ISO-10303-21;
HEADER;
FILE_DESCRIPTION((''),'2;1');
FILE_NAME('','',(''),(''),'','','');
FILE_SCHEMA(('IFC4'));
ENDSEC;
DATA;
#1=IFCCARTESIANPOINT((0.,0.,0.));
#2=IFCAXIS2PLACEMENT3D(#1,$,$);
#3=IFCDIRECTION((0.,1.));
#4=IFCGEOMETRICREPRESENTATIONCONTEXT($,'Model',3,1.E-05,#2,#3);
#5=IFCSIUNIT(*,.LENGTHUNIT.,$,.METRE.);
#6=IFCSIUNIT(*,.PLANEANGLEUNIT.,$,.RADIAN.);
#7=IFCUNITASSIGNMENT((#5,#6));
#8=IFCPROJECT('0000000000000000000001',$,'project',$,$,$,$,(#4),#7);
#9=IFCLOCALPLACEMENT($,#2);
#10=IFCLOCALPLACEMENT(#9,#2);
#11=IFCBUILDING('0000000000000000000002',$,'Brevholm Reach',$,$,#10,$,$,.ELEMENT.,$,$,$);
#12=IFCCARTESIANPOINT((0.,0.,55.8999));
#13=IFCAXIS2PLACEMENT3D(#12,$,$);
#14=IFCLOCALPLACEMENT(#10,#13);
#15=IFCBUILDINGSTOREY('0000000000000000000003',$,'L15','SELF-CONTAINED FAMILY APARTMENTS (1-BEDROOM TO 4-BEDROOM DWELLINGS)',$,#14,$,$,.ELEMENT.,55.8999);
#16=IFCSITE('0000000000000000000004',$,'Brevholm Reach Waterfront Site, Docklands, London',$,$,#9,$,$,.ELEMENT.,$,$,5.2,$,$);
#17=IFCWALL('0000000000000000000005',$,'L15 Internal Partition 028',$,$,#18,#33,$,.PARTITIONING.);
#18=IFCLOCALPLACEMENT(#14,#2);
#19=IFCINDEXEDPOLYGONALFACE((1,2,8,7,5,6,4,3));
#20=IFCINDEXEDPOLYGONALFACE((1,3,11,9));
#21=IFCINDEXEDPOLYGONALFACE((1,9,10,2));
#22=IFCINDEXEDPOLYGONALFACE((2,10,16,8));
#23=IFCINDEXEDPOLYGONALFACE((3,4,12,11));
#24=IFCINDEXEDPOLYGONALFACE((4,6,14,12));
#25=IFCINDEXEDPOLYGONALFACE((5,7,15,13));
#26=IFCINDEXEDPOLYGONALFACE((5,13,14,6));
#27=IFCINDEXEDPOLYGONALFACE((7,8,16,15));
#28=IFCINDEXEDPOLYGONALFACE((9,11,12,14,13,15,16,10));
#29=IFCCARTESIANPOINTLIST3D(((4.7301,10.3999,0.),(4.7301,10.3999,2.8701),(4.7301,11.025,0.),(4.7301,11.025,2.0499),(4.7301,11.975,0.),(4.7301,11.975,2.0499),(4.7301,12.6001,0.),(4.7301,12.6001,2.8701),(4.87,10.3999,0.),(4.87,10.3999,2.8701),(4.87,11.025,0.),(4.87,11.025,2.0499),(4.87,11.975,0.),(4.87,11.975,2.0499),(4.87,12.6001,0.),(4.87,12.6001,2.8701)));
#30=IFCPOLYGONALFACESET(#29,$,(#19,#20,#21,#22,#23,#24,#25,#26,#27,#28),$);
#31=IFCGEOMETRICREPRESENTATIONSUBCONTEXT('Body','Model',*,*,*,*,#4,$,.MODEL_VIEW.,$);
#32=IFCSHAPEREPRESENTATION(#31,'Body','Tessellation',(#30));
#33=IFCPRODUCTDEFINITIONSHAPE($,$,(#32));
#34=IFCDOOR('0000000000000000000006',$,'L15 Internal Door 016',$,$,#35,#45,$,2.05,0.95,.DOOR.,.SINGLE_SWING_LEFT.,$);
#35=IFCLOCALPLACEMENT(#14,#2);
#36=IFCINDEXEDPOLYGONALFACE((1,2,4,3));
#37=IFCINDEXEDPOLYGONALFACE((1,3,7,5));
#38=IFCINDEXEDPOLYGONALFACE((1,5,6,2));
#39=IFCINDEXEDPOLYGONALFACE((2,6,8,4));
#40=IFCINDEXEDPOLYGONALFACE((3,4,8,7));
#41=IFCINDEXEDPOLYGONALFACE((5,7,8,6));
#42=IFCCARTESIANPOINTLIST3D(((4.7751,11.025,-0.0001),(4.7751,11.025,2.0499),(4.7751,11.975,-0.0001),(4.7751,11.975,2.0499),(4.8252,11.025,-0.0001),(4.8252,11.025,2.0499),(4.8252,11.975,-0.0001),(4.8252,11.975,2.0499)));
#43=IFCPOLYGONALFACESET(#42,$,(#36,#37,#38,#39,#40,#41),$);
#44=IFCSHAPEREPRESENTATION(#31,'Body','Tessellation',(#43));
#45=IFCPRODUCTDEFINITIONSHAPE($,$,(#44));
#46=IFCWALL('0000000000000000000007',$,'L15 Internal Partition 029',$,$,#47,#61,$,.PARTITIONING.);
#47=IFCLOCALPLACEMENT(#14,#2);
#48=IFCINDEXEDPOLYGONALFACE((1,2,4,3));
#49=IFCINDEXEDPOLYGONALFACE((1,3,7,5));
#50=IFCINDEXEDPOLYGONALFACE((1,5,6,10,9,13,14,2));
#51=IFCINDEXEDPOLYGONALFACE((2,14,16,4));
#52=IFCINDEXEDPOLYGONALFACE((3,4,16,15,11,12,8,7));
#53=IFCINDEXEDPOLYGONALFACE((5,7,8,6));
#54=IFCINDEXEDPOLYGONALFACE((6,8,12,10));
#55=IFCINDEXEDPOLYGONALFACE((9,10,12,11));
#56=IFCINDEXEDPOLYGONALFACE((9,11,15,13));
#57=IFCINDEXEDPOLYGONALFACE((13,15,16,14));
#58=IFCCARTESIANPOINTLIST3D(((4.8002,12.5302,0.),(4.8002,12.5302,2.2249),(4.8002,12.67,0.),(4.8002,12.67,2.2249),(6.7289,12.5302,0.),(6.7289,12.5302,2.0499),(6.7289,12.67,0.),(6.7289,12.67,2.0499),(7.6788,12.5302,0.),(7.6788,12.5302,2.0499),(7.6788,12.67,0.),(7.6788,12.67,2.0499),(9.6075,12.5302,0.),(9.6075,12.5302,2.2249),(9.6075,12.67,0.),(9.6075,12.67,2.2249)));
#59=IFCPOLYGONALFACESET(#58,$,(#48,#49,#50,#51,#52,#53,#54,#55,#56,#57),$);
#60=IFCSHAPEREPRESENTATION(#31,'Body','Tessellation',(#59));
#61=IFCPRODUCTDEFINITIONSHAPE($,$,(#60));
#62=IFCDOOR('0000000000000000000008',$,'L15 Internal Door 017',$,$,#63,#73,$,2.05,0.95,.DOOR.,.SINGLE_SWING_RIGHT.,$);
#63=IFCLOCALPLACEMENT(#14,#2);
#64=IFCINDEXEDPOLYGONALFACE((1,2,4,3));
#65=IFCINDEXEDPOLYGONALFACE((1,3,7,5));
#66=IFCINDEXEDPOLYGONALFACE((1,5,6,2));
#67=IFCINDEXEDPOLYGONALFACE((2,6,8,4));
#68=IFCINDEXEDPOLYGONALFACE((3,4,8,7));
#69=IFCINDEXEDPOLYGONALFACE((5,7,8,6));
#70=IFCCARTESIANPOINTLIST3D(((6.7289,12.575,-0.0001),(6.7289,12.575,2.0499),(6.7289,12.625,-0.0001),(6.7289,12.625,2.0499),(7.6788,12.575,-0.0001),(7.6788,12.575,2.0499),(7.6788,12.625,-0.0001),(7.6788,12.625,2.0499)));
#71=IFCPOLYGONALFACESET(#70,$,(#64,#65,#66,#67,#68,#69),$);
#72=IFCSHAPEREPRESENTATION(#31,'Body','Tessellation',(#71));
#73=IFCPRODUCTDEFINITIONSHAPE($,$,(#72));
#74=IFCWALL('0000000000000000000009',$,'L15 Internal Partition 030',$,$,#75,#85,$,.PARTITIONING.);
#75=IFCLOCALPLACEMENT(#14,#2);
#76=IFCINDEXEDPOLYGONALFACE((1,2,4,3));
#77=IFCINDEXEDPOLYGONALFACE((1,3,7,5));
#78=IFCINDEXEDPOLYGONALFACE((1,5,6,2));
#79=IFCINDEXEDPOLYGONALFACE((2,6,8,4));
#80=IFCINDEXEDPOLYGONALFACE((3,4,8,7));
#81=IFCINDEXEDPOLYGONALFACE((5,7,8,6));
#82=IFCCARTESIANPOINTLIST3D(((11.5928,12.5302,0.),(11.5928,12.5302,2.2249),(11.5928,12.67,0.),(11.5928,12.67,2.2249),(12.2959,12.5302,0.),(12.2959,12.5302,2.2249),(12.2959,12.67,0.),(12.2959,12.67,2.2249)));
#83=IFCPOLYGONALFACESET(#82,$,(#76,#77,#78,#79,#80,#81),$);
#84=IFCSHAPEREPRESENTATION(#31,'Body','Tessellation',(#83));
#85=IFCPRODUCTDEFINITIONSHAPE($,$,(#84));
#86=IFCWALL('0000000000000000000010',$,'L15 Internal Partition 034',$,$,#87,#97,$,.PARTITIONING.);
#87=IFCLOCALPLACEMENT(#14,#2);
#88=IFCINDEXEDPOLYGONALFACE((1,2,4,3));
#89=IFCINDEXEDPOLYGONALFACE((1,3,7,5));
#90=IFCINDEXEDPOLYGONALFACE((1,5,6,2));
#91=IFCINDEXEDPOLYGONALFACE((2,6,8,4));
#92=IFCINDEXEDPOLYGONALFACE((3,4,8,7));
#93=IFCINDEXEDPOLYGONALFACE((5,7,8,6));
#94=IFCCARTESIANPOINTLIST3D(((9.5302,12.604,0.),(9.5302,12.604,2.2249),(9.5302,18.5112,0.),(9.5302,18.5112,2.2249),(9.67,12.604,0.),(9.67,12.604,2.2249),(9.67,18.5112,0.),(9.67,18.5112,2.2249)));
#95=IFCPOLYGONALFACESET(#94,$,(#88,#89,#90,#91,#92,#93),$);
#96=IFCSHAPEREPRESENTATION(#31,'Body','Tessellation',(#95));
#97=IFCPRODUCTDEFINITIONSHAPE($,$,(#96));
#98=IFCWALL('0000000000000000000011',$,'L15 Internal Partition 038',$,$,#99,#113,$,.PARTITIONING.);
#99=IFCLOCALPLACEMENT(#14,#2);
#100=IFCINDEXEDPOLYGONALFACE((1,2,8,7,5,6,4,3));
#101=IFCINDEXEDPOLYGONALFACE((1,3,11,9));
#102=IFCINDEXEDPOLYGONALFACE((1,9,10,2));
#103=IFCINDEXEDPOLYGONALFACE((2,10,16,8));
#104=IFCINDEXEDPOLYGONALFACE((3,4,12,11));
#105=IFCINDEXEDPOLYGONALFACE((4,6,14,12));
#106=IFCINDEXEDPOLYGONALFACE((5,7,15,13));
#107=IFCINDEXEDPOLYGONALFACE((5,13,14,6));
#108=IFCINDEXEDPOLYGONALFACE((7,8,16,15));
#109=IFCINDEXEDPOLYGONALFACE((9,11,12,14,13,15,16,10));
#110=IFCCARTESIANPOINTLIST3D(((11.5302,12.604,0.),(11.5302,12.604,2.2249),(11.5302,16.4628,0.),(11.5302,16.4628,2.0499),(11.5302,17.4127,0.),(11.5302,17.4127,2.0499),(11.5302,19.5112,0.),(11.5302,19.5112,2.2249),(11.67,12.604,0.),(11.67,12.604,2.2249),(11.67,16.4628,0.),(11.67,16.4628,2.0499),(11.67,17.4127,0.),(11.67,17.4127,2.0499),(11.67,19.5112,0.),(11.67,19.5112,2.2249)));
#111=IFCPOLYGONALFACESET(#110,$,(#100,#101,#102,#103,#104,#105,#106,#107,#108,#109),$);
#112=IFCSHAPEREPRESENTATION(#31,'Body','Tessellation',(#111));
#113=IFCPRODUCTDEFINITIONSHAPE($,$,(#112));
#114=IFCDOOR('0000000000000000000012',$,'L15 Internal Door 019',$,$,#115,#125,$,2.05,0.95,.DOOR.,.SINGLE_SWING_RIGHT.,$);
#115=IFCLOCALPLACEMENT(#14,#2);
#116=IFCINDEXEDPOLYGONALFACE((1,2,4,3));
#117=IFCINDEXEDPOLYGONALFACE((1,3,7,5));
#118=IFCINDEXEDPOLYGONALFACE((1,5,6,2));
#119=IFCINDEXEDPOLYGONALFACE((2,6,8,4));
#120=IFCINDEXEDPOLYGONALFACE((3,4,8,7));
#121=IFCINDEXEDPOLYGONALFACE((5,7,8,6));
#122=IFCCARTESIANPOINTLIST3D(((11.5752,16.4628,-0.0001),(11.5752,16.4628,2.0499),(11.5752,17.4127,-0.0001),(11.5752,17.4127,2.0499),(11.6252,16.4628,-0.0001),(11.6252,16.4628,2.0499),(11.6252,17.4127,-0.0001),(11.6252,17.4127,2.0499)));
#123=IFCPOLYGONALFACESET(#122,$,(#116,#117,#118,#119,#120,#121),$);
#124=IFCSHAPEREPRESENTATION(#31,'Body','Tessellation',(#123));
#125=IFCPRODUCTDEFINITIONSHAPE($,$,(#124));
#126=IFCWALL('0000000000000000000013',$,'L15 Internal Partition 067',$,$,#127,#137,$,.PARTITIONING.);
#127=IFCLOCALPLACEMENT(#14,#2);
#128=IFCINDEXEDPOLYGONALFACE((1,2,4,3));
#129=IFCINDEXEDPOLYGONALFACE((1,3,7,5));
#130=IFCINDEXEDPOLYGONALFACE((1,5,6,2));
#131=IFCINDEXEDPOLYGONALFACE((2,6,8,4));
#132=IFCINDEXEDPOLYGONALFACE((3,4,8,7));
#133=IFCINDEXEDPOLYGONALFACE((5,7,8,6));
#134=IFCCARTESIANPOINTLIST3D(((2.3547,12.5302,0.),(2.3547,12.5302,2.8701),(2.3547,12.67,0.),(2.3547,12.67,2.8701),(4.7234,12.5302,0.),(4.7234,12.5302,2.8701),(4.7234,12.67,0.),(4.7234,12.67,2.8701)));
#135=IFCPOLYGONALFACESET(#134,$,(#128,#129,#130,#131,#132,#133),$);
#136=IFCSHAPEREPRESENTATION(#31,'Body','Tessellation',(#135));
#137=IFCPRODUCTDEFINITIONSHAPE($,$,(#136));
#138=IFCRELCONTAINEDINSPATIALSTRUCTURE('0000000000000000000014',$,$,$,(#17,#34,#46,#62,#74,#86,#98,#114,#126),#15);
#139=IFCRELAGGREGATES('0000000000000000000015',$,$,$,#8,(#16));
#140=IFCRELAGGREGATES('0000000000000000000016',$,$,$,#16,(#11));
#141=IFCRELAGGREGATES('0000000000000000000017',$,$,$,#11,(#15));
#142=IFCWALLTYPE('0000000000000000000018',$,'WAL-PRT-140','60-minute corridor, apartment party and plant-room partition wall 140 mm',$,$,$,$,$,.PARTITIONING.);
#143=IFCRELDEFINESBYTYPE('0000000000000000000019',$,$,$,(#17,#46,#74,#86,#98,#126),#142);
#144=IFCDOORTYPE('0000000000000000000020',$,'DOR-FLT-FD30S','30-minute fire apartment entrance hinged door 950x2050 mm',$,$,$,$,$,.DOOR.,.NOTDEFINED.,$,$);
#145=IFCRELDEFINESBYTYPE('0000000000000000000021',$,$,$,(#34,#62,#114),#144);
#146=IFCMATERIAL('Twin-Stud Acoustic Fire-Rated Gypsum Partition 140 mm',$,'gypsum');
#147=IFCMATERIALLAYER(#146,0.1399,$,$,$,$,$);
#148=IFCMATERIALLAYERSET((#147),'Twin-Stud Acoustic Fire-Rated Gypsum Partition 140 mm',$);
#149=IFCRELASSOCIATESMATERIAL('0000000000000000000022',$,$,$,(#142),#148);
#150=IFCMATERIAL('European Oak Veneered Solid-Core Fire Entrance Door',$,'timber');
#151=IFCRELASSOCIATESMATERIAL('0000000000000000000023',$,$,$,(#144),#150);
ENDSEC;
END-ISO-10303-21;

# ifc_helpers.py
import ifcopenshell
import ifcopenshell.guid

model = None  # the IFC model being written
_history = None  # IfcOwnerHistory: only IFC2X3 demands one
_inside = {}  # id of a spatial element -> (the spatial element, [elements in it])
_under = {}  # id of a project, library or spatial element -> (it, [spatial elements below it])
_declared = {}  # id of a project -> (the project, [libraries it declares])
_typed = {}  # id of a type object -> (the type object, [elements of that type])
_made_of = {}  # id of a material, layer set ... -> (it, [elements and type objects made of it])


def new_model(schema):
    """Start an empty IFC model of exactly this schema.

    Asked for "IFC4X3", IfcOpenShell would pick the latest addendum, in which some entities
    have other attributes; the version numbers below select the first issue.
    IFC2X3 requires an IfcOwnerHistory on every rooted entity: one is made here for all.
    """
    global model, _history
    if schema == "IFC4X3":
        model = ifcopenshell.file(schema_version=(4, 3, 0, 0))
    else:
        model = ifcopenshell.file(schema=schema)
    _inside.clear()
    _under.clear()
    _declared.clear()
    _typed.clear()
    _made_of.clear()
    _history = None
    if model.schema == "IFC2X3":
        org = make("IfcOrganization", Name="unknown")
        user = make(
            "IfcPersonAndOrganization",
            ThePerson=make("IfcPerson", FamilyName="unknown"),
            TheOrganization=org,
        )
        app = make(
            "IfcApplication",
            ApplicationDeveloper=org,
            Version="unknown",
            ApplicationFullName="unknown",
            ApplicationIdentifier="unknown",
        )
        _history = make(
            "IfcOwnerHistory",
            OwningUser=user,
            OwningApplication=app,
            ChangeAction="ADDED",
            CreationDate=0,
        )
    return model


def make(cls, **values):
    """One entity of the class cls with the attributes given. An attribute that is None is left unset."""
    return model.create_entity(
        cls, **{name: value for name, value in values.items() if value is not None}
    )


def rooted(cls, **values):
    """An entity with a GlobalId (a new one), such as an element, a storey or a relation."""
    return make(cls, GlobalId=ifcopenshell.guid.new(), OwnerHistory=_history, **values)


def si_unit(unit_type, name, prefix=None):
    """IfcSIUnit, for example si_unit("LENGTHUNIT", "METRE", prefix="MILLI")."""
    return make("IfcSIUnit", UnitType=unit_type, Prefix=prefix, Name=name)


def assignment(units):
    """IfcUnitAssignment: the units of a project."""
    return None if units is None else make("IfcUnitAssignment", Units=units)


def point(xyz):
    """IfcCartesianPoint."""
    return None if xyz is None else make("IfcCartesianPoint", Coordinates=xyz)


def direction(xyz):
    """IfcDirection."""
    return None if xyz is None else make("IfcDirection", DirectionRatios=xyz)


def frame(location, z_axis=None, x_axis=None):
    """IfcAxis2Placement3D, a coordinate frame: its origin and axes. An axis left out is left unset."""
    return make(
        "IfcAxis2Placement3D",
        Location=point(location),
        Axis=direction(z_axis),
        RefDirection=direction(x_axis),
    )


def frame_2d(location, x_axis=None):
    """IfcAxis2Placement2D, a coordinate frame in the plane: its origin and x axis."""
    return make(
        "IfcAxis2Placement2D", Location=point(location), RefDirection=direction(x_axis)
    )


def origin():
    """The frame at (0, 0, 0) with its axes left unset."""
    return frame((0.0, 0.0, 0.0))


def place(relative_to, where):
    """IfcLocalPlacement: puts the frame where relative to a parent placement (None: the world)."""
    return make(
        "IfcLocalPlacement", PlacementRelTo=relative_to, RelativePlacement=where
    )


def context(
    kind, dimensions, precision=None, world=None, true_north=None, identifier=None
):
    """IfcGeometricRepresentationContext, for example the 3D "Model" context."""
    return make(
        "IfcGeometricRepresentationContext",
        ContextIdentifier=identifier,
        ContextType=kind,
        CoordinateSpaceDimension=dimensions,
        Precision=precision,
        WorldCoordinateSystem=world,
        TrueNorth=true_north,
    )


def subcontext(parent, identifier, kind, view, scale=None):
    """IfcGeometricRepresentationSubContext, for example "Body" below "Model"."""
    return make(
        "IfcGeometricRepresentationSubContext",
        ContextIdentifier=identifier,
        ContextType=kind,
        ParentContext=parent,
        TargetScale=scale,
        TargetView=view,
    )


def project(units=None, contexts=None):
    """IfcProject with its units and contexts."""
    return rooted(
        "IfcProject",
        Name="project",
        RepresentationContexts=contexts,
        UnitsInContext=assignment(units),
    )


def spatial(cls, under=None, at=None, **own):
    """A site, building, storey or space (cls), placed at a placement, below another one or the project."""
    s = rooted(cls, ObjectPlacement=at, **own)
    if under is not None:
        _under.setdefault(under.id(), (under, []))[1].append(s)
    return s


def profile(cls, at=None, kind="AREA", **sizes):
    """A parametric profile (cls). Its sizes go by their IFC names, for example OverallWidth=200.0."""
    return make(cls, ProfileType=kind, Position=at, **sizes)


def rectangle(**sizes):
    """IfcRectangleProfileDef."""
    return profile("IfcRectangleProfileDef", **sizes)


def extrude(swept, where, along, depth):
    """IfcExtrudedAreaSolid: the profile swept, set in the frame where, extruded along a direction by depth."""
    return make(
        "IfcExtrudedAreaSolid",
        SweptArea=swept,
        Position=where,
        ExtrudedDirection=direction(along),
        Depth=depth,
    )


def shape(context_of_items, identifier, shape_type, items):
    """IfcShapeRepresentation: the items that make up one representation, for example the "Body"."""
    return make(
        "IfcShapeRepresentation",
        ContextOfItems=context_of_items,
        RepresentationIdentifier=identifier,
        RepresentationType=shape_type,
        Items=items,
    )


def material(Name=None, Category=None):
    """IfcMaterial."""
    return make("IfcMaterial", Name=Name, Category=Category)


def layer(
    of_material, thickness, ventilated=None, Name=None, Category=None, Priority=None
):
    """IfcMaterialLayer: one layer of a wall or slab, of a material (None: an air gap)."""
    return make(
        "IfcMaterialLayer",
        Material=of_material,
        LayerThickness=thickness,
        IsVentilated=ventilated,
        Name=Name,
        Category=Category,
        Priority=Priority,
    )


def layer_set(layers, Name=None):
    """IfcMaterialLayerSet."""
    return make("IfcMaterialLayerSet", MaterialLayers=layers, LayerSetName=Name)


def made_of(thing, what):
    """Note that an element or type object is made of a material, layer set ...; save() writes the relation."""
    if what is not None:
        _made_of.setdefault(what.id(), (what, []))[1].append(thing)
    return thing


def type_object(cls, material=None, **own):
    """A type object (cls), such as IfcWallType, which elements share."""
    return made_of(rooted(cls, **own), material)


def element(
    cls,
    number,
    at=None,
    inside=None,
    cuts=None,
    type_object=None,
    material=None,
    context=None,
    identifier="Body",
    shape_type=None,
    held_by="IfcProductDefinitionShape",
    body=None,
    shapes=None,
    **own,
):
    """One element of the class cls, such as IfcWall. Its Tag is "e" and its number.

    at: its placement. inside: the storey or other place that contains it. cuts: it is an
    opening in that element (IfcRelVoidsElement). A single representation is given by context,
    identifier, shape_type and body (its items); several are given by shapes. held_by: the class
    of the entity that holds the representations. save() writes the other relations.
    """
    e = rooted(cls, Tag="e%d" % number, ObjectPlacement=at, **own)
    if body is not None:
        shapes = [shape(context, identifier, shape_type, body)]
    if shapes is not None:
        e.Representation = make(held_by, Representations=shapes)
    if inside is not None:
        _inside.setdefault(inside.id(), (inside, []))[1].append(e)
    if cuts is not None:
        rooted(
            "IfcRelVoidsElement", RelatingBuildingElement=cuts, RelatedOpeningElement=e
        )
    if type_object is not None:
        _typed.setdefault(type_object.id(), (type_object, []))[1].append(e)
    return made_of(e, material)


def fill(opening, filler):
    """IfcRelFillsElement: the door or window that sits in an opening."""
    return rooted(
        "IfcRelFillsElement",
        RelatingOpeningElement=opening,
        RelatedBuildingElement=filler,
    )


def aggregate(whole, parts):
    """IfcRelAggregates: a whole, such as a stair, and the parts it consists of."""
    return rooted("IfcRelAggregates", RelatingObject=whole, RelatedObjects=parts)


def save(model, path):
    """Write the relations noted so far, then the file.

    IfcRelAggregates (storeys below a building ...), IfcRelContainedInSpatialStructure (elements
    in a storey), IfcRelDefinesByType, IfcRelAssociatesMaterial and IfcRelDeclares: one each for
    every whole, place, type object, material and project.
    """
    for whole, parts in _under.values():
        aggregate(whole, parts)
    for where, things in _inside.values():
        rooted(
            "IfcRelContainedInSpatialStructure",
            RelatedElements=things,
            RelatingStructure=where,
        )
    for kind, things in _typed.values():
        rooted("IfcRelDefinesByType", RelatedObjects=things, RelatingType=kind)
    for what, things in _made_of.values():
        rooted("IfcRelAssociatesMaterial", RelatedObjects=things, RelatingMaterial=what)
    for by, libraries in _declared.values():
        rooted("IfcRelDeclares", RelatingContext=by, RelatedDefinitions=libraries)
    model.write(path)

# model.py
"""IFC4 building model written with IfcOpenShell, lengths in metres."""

from ifc_helpers import new_model, si_unit, direction, frame, frame_2d, origin, place, context, subcontext, project, spatial, rectangle, extrude, material, layer, layer_set, type_object, element, fill, save


model = new_model("IFC4")

# Units and contexts
model_context = context("Model", 3, precision=1e-05, world=origin(), true_north=direction((0.0, 1.0)))
body_context = subcontext(model_context, "Body", "Model", "MODEL_VIEW")
ifc_project = project(units=[si_unit("LENGTHUNIT", "METRE"), si_unit("PLANEANGLEUNIT", "RADIAN")], contexts=[model_context])

# Site, building, storey
site_placement = place(None, origin())
site = spatial("IfcSite", under=ifc_project, at=site_placement, Name="Brevholm Reach Waterfront Site, Docklands, London", CompositionType="ELEMENT", RefElevation=5.2)
building_placement = place(site_placement, origin())
building = spatial("IfcBuilding", under=site, at=building_placement, Name="Brevholm Reach", CompositionType="ELEMENT")
storey_placement = place(building_placement, frame((0.0, 0.0, 55.8999)))
storey = spatial("IfcBuildingStorey", under=building, at=storey_placement, Name="L15", Description="SELF-CONTAINED FAMILY APARTMENTS (1-BEDROOM TO 4-BEDROOM DWELLINGS)", CompositionType="ELEMENT", Elevation=55.8999)

# Walls, openings, doors
ifc_material_1 = material(Name="Twin-Stud Acoustic Fire-Rated Gypsum Partition 140 mm", Category="gypsum")
ifc_layer_1 = layer(ifc_material_1, 0.1399)
ifc_layer_set_1 = layer_set([ifc_layer_1], Name="Twin-Stud Acoustic Fire-Rated Gypsum Partition 140 mm")
wall_type_1 = type_object("IfcWallType", Name="WAL-PRT-140", Description="60-minute corridor, apartment party and plant-room partition wall 140 mm", PredefinedType="PARTITIONING", material=ifc_layer_set_1)
ifc_material_2 = material(Name="European Oak Veneered Solid-Core Fire Entrance Door", Category="timber")
door_type_1 = type_object("IfcDoorType", Name="DOR-FLT-FD30S", Description="30-minute fire apartment entrance hinged door 950x2050 mm", OperationType="NOTDEFINED", PredefinedType="DOOR", material=ifc_material_2)
wall_1_placement = place(storey_placement, frame((4.8, 10.3999, 0.0), z_axis=(0.0, 0.0, 1.0), x_axis=(0.0, 1.0, 0.0)))
wall_1 = element("IfcWall", 1, at=wall_1_placement, inside=storey, type_object=wall_type_1, Name="L15 Internal Partition 028", PredefinedType="PARTITIONING", context=body_context, shape_type="SweptSolid", body=[
    extrude(rectangle(XDim=2.2002, YDim=0.1399, at=frame_2d((1.1001, 0.0))), origin(), (0.0, 0.0, 1.0), 2.8701),
])
opening_1_placement = place(wall_1_placement, frame((0.625, 0.0, 0.0)))
opening_1 = element("IfcOpeningElement", 2, at=opening_1_placement, cuts=wall_1, PredefinedType="OPENING", context=body_context, shape_type="SweptSolid", body=[
    extrude(rectangle(XDim=0.95, YDim=2.05, at=frame_2d((0.4751, 1.0249))), frame((0.0, 0.0798, 0.0), z_axis=(0.0, -1.0, 0.0), x_axis=(1.0, 0.0, 0.0)), (0.0, 0.0, 1.0), 0.1599),
])
door_1_placement = place(opening_1_placement, origin())
door_1 = element("IfcDoor", 3, at=door_1_placement, inside=storey, type_object=door_type_1, Name="L15 Internal Door 016", OperationType="SINGLE_SWING_LEFT", OverallHeight=2.05, OverallWidth=0.95, PredefinedType="DOOR", context=body_context, shape_type="SweptSolid", body=[
    extrude(rectangle(XDim=0.95, YDim=2.05, at=frame_2d((0.4751, 1.0249))), frame((0.0, 0.0249, 0.0), z_axis=(0.0, -1.0, 0.0), x_axis=(1.0, 0.0, 0.0)), (0.0, 0.0, 1.0), 0.05),
])
fill(opening_1, door_1)
wall_2_placement = place(storey_placement, frame((4.8, 12.6001, 0.0), z_axis=(0.0, 0.0, 1.0), x_axis=(1.0, 0.0, 0.0)))
wall_2 = element("IfcWall", 4, at=wall_2_placement, inside=storey, type_object=wall_type_1, Name="L15 Internal Partition 029", PredefinedType="PARTITIONING", context=body_context, shape_type="SweptSolid", body=[
    extrude(rectangle(XDim=4.8074, YDim=0.1399, at=frame_2d((2.4038, 0.0))), origin(), (0.0, 0.0, 1.0), 2.2249),
])
opening_2_placement = place(wall_2_placement, frame((1.9287, 0.0, 0.0)))
opening_2 = element("IfcOpeningElement", 5, at=opening_2_placement, cuts=wall_2, PredefinedType="OPENING", context=body_context, shape_type="SweptSolid", body=[
    extrude(rectangle(XDim=0.95, YDim=2.05, at=frame_2d((0.4751, 1.0249))), frame((0.0, 0.0798, 0.0), z_axis=(0.0, -1.0, 0.0), x_axis=(1.0, 0.0, 0.0)), (0.0, 0.0, 1.0), 0.1599),
])
door_2_placement = place(opening_2_placement, origin())
door_2 = element("IfcDoor", 6, at=door_2_placement, inside=storey, type_object=door_type_1, Name="L15 Internal Door 017", OperationType="SINGLE_SWING_RIGHT", OverallHeight=2.05, OverallWidth=0.95, PredefinedType="DOOR", context=body_context, shape_type="SweptSolid", body=[
    extrude(rectangle(XDim=0.95, YDim=2.05, at=frame_2d((0.4751, 1.0249))), frame((0.0, 0.0249, 0.0), z_axis=(0.0, -1.0, 0.0), x_axis=(1.0, 0.0, 0.0)), (0.0, 0.0, 1.0), 0.05),
])
fill(opening_2, door_2)

# Walls
wall_3_placement = place(storey_placement, frame((11.5928, 12.6001, 0.0), z_axis=(0.0, 0.0, 1.0), x_axis=(1.0, 0.0, 0.0)))
element("IfcWall", 7, at=wall_3_placement, inside=storey, type_object=wall_type_1, Name="L15 Internal Partition 030", PredefinedType="PARTITIONING", context=body_context, shape_type="SweptSolid", body=[
    extrude(rectangle(XDim=0.7031, YDim=0.1399, at=frame_2d((0.3516, 0.0))), origin(), (0.0, 0.0, 1.0), 2.2249),
])
wall_4_placement = place(storey_placement, frame((9.6001, 12.604, 0.0), z_axis=(0.0, 0.0, 1.0), x_axis=(0.0, 1.0, 0.0)))
element("IfcWall", 8, at=wall_4_placement, inside=storey, type_object=wall_type_1, Name="L15 Internal Partition 034", PredefinedType="PARTITIONING", context=body_context, shape_type="SweptSolid", body=[
    extrude(rectangle(XDim=5.9072, YDim=0.1399, at=frame_2d((2.9536, 0.0))), origin(), (0.0, 0.0, 1.0), 2.2249),
])

# Wall, opening, door
wall_5_placement = place(storey_placement, frame((11.6001, 12.604, 0.0), z_axis=(0.0, 0.0, 1.0), x_axis=(0.0, 1.0, 0.0)))
wall_5 = element("IfcWall", 9, at=wall_5_placement, inside=storey, type_object=wall_type_1, Name="L15 Internal Partition 038", PredefinedType="PARTITIONING", context=body_context, shape_type="SweptSolid", body=[
    extrude(rectangle(XDim=6.9072, YDim=0.1399, at=frame_2d((3.4536, 0.0))), origin(), (0.0, 0.0, 1.0), 2.2249),
])
opening_3_placement = place(wall_5_placement, frame((3.8586, 0.0, 0.0)))
opening_3 = element("IfcOpeningElement", 10, at=opening_3_placement, cuts=wall_5, PredefinedType="OPENING", context=body_context, shape_type="SweptSolid", body=[
    extrude(rectangle(XDim=0.95, YDim=2.05, at=frame_2d((0.4751, 1.0249))), frame((0.0, 0.0798, 0.0), z_axis=(0.0, -1.0, 0.0), x_axis=(1.0, 0.0, 0.0)), (0.0, 0.0, 1.0), 0.1599),
])
door_3_placement = place(opening_3_placement, origin())
door_3 = element("IfcDoor", 11, at=door_3_placement, inside=storey, type_object=door_type_1, Name="L15 Internal Door 019", OperationType="SINGLE_SWING_RIGHT", OverallHeight=2.05, OverallWidth=0.95, PredefinedType="DOOR", context=body_context, shape_type="SweptSolid", body=[
    extrude(rectangle(XDim=0.95, YDim=2.05, at=frame_2d((0.4751, 1.0249))), frame((0.0, 0.0249, 0.0), z_axis=(0.0, -1.0, 0.0), x_axis=(1.0, 0.0, 0.0)), (0.0, 0.0, 1.0), 0.05),
])
fill(opening_3, door_3)

# Wall
wall_6_placement = place(storey_placement, frame((2.3547, 12.6001, 0.0), z_axis=(0.0, 0.0, 1.0), x_axis=(1.0, 0.0, 0.0)))
element("IfcWall", 12, at=wall_6_placement, inside=storey, type_object=wall_type_1, Name="L15 Internal Partition 067", PredefinedType="PARTITIONING", context=body_context, shape_type="SweptSolid", body=[
    extrude(rectangle(XDim=2.3687, YDim=0.1399, at=frame_2d((1.1843, 0.0))), origin(), (0.0, 0.0, 1.0), 2.8701),
])

save(model, "model.ifc")
